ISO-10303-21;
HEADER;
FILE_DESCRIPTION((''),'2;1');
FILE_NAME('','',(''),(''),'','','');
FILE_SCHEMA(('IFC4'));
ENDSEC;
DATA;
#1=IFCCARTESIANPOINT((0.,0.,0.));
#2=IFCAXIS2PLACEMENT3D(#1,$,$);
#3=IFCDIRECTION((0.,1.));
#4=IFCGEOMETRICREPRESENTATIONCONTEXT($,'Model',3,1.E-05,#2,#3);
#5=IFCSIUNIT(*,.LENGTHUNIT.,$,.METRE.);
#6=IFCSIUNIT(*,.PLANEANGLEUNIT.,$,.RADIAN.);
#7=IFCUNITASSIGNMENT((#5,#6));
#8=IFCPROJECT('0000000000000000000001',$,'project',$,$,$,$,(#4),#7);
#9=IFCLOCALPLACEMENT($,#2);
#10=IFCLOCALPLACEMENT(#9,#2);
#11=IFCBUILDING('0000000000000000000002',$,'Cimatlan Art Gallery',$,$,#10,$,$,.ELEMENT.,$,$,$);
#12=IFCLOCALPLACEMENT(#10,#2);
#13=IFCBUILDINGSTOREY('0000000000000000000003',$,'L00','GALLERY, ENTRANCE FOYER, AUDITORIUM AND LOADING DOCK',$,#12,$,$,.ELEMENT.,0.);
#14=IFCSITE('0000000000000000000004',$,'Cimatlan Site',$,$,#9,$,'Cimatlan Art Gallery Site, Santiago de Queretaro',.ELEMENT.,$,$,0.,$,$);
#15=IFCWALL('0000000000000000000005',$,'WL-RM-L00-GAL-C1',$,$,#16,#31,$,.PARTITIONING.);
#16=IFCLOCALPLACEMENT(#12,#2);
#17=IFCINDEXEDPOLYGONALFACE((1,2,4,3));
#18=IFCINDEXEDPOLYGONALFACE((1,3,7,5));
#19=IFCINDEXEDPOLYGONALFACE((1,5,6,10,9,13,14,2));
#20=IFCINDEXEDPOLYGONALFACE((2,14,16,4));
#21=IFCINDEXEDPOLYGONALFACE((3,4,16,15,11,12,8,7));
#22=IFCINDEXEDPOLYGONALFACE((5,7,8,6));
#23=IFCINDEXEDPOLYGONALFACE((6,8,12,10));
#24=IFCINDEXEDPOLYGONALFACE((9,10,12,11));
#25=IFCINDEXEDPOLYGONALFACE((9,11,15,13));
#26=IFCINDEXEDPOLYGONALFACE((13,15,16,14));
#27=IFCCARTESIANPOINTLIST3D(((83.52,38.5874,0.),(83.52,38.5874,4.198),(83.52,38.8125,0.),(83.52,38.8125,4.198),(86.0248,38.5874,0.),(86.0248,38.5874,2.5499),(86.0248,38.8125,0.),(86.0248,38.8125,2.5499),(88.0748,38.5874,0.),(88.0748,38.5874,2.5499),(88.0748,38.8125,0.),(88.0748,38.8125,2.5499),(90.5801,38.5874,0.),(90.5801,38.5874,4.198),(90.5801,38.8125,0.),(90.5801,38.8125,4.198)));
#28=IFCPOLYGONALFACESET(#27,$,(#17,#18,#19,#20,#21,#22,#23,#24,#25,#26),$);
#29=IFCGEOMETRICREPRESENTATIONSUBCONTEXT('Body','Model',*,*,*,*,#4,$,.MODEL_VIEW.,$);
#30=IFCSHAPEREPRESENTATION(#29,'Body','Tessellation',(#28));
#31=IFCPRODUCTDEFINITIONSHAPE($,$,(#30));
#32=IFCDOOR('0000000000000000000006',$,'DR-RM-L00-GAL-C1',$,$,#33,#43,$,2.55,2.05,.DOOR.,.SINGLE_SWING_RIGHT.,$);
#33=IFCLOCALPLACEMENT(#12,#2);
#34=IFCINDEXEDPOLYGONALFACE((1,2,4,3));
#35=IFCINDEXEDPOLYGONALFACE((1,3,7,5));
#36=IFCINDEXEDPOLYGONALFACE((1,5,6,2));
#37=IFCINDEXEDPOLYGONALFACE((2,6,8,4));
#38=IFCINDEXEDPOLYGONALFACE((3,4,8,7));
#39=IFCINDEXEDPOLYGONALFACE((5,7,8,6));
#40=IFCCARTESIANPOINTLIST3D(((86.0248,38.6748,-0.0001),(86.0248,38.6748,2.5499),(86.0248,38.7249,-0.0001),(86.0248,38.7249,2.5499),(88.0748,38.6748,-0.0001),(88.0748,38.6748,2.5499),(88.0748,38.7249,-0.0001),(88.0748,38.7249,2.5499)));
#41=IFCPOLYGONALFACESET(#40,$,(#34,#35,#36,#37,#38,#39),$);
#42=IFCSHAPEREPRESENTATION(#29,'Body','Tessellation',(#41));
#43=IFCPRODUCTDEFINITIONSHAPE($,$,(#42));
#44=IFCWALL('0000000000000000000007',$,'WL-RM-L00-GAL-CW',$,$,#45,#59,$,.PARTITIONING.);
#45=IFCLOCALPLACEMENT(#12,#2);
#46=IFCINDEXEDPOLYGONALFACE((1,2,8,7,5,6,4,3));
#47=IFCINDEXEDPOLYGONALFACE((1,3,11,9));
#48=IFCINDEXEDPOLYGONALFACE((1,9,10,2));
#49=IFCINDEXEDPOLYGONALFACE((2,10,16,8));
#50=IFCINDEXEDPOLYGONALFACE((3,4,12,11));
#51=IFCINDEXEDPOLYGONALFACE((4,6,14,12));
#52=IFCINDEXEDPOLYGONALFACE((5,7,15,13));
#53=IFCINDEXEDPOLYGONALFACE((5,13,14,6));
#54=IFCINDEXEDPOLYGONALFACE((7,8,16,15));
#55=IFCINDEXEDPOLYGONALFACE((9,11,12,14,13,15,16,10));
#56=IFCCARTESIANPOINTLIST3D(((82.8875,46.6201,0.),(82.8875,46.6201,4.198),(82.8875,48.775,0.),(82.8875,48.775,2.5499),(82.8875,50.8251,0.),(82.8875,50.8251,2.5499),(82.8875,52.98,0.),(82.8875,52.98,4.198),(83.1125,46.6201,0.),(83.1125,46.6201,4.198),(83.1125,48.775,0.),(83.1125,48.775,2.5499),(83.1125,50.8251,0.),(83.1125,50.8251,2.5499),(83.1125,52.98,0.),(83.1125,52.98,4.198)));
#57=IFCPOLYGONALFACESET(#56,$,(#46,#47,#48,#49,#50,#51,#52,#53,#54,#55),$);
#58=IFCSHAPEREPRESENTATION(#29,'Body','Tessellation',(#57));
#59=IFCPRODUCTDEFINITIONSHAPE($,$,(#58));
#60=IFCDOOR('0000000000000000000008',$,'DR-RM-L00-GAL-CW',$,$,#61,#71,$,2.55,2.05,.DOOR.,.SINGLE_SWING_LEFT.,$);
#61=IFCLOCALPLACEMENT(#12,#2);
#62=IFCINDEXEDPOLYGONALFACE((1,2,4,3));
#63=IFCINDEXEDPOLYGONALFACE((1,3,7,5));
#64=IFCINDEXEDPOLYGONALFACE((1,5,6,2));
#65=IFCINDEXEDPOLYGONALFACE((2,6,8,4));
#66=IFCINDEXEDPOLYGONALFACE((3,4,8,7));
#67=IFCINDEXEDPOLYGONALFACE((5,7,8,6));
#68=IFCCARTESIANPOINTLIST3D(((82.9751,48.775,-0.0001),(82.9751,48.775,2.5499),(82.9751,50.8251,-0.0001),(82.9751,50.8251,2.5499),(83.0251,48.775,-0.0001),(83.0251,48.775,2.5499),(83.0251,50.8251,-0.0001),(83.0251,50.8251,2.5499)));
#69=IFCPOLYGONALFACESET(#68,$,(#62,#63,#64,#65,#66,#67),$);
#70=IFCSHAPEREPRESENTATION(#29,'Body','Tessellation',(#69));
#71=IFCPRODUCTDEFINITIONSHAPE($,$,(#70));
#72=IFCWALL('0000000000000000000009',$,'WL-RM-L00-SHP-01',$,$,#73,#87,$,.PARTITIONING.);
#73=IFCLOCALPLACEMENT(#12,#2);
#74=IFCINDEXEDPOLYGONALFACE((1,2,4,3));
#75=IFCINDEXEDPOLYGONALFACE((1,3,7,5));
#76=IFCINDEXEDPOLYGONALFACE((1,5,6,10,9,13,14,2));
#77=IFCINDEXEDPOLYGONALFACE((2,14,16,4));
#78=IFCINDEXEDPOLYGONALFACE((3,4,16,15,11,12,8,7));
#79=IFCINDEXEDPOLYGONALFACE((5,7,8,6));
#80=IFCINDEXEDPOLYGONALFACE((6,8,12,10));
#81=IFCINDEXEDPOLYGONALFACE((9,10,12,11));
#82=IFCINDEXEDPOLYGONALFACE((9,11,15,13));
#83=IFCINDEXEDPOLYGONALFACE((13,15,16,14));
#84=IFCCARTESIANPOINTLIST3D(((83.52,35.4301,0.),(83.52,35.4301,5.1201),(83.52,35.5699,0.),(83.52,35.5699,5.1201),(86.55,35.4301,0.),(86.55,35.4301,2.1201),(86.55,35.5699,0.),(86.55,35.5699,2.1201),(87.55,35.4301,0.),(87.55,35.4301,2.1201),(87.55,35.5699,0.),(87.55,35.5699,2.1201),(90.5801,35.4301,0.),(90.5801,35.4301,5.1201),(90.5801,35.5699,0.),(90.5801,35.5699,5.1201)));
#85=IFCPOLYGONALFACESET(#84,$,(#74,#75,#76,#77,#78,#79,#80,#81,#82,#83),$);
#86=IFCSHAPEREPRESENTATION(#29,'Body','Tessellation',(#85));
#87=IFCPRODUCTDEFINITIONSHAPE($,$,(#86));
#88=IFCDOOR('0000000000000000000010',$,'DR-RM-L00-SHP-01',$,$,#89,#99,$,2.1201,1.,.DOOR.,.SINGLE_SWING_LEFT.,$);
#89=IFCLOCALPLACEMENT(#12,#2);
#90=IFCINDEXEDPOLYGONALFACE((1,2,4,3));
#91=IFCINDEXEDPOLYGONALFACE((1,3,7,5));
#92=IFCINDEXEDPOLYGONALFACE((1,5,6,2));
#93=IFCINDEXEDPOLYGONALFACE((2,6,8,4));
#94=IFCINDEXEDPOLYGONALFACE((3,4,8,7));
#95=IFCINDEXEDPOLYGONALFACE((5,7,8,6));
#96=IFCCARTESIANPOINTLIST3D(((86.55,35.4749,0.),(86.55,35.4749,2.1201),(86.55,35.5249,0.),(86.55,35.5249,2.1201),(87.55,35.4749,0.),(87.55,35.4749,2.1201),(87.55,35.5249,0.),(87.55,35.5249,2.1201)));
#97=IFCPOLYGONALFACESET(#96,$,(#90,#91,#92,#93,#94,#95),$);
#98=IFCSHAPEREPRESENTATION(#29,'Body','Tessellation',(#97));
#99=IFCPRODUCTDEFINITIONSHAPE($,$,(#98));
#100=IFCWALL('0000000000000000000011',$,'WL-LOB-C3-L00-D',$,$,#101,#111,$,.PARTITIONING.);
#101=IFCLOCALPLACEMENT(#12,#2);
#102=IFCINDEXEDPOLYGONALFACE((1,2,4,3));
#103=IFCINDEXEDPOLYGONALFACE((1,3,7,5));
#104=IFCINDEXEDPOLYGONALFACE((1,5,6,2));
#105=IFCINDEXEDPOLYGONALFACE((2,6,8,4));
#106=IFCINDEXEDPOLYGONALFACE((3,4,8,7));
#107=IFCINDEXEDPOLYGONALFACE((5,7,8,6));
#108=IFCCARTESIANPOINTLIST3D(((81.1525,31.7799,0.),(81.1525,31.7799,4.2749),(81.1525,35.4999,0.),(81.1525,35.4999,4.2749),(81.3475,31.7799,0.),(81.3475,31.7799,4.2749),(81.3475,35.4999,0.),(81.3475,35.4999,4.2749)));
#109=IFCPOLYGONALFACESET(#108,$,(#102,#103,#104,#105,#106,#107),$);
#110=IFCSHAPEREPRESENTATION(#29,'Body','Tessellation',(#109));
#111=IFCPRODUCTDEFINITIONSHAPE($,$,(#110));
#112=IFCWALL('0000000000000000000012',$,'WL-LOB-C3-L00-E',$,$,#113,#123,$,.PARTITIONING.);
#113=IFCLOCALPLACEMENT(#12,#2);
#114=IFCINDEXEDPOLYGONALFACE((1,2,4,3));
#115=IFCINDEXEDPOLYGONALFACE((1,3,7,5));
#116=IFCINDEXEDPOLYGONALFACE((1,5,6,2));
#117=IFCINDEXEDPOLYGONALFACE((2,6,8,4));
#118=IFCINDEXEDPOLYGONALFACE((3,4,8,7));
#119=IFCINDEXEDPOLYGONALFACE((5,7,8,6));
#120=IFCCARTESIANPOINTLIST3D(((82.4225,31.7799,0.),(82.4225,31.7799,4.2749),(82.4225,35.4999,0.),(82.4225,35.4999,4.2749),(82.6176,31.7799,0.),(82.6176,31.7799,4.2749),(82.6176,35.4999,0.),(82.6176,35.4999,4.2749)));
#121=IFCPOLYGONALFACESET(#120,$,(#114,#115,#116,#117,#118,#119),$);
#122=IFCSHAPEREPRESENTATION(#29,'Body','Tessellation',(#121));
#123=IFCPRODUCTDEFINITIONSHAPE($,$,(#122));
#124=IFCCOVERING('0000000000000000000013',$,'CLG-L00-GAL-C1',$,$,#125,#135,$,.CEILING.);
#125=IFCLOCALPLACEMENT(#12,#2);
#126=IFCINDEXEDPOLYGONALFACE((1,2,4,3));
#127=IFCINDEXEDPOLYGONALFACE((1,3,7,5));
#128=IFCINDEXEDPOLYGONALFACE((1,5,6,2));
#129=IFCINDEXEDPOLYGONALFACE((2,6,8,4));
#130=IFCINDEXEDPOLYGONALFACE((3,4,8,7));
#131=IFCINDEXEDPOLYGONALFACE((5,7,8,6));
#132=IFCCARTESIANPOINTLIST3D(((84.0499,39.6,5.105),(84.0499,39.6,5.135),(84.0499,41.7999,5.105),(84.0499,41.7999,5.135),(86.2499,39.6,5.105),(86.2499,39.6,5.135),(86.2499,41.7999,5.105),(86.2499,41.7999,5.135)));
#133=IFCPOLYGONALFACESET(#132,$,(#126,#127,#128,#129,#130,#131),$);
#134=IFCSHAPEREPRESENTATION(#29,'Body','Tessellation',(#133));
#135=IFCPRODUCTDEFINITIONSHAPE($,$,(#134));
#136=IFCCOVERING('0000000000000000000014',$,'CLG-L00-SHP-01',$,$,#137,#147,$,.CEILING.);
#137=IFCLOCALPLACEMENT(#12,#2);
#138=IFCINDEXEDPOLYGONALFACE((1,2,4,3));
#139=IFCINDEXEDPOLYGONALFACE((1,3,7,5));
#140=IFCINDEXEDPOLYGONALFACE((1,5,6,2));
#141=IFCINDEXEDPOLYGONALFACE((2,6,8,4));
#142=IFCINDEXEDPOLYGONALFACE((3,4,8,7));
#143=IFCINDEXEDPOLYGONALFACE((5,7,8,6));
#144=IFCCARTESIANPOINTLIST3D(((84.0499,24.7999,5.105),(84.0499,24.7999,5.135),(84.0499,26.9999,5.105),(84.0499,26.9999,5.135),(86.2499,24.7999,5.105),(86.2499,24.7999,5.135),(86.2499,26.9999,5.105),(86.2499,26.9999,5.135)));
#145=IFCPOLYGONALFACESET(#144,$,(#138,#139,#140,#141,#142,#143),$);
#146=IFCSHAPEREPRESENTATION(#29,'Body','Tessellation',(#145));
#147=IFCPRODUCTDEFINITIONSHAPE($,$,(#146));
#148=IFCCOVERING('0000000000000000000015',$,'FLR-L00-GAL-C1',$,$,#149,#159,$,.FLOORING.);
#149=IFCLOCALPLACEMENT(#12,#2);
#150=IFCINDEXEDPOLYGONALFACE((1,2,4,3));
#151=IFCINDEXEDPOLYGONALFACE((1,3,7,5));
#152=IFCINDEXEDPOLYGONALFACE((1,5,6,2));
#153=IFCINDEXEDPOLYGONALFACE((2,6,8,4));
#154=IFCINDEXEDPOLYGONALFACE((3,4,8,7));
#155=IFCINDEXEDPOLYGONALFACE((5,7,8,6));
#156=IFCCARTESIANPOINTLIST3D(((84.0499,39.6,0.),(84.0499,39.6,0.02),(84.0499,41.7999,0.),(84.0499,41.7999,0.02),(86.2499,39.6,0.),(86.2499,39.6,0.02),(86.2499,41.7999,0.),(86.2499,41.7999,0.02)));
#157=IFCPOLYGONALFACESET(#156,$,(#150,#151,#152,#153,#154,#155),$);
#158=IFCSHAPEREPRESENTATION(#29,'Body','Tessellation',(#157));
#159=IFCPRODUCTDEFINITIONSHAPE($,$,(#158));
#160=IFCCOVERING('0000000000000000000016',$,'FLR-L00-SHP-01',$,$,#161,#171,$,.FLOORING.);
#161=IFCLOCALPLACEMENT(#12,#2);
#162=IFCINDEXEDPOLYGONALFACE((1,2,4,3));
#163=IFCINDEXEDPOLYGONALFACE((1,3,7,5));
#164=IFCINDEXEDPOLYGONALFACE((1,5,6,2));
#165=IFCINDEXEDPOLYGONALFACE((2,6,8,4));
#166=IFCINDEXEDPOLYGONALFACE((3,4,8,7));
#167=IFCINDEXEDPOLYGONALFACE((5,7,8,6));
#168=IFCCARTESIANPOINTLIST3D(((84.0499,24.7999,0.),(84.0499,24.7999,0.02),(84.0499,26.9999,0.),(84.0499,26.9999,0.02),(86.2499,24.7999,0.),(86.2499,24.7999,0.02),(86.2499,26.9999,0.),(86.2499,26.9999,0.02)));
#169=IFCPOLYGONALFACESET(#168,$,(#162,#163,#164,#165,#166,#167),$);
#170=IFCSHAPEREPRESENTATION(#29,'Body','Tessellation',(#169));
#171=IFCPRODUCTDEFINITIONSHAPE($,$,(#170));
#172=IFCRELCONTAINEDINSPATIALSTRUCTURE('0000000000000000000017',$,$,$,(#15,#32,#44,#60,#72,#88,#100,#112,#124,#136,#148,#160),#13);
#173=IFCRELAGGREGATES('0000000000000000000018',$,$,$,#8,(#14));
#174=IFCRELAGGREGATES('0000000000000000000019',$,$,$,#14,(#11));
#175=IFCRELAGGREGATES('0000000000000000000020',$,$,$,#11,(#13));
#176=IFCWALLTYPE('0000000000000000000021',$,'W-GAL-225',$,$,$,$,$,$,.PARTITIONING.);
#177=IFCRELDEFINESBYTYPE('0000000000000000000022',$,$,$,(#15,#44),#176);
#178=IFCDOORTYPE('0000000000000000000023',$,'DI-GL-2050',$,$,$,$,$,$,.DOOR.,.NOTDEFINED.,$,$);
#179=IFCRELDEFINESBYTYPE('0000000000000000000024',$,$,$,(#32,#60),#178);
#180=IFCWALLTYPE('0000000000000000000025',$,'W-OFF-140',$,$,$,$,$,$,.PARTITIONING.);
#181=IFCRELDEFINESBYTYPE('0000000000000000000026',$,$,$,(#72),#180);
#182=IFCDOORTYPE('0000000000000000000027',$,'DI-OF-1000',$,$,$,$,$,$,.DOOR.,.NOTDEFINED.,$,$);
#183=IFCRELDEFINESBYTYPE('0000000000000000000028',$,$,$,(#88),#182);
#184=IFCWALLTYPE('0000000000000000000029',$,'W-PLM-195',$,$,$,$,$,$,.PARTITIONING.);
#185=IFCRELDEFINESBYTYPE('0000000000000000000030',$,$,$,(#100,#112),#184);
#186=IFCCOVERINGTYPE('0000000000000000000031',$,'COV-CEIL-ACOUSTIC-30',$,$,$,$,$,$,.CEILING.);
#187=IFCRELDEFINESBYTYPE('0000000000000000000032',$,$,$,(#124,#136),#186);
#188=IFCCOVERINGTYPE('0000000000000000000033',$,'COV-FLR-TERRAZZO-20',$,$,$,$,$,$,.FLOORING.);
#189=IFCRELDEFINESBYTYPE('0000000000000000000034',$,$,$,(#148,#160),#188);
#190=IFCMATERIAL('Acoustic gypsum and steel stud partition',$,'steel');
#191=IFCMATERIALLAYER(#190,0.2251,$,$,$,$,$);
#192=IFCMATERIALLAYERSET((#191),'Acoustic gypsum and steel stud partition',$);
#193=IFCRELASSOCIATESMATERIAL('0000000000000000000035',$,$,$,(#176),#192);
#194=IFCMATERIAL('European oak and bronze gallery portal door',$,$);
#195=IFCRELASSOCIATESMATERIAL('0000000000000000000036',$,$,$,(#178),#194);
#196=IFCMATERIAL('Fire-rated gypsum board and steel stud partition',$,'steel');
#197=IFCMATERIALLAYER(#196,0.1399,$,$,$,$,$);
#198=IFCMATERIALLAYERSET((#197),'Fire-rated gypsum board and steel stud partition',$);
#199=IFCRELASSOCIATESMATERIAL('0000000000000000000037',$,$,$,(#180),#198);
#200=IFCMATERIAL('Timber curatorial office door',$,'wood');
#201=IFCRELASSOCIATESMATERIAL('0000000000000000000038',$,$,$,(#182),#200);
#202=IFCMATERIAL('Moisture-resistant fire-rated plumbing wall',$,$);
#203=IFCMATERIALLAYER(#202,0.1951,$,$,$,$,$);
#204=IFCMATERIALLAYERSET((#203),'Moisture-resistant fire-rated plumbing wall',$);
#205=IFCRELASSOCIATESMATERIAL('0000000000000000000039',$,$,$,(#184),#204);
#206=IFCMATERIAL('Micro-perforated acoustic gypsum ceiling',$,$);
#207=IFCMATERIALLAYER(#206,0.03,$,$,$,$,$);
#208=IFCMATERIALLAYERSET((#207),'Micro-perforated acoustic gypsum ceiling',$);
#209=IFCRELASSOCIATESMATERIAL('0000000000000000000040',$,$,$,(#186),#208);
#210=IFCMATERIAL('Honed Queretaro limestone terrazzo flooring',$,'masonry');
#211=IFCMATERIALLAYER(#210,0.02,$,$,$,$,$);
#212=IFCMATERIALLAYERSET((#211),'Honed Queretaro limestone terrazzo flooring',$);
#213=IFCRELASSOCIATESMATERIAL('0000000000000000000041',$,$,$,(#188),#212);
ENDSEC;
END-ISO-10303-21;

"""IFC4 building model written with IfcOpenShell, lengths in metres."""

from ifc_helpers import new_model, si_unit, direction, frame, frame_2d, origin, origin_2d, place, context, subcontext, project, spatial, rectangle, extrude, material, layer, layer_set, type_object, element, fill, save


model = new_model("IFC4")

# Units and contexts
model_context = context("Model", 3, precision=1e-05, world=origin(), true_north=direction((0.0, 1.0)))
body_context = subcontext(model_context, "Body", "Model", "MODEL_VIEW")
ifc_project = project(units=[si_unit("LENGTHUNIT", "METRE"), si_unit("PLANEANGLEUNIT", "RADIAN")], contexts=[model_context])

# Site, building, storey
site_placement = place(None, origin())
site = spatial("IfcSite", under=ifc_project, at=site_placement, Name="Cimatlan Site", LongName="Cimatlan Art Gallery Site, Santiago de Queretaro", CompositionType="ELEMENT", RefElevation=0.0)
building_placement = place(site_placement, origin())
building = spatial("IfcBuilding", under=site, at=building_placement, Name="Cimatlan Art Gallery", CompositionType="ELEMENT")
storey_placement = place(building_placement, origin())
storey = spatial("IfcBuildingStorey", under=building, at=storey_placement, Name="L00", Description="GALLERY, ENTRANCE FOYER, AUDITORIUM AND LOADING DOCK", CompositionType="ELEMENT", Elevation=0.0)

# Walls, openings, doors
ifc_material_1 = material(Name="Acoustic gypsum and steel stud partition", Category="steel")
ifc_layer_1 = layer(ifc_material_1, 0.2251)
ifc_layer_set_1 = layer_set([ifc_layer_1], Name="Acoustic gypsum and steel stud partition")
wall_type_1 = type_object("IfcWallType", Name="W-GAL-225", PredefinedType="PARTITIONING", material=ifc_layer_set_1)
wall_1_placement = place(storey_placement, frame((83.52, 38.7, 0.0), z_axis=(0.0, 0.0, 1.0), x_axis=(1.0, 0.0, 0.0)))
wall_1 = element("IfcWall", 1, at=wall_1_placement, inside=storey, type_object=wall_type_1, Name="WL-RM-L00-GAL-C1", PredefinedType="PARTITIONING", context=body_context, shape_type="SweptSolid", body=[
    extrude(rectangle(XDim=7.0601, YDim=0.2251, at=frame_2d((3.53, 0.0))), origin(), (0.0, 0.0, 1.0), 4.198),
])
opening_1_placement = place(wall_1_placement, frame((2.5049, 0.0, 0.0)))
opening_1 = element("IfcOpeningElement", 2, at=opening_1_placement, cuts=wall_1, PredefinedType="OPENING", context=body_context, shape_type="SweptSolid", body=[
    extrude(rectangle(XDim=2.05, YDim=2.55, at=frame_2d((1.0249, 1.2749))), frame((0.0, 0.1226, 0.0), z_axis=(0.0, -1.0, 0.0), x_axis=(1.0, 0.0, 0.0)), (0.0, 0.0, 1.0), 0.2451),
])
ifc_material_2 = material(Name="European oak and bronze gallery portal door")
door_type_1 = type_object("IfcDoorType", Name="DI-GL-2050", OperationType="NOTDEFINED", PredefinedType="DOOR", material=ifc_material_2)
door_1_placement = place(opening_1_placement, origin())
door_1 = element("IfcDoor", 3, at=door_1_placement, inside=storey, type_object=door_type_1, Name="DR-RM-L00-GAL-C1", OperationType="SINGLE_SWING_RIGHT", OverallHeight=2.55, OverallWidth=2.05, PredefinedType="DOOR", context=body_context, shape_type="SweptSolid", body=[
    extrude(rectangle(XDim=2.05, YDim=2.55, at=frame_2d((1.0249, 1.2749))), frame((0.0, 0.0249, 0.0), z_axis=(0.0, -1.0, 0.0), x_axis=(1.0, 0.0, 0.0)), (0.0, 0.0, 1.0), 0.05),
])
fill(opening_1, door_1)
wall_2_placement = place(storey_placement, frame((83.0, 46.6201, 0.0), z_axis=(0.0, 0.0, 1.0), x_axis=(0.0, 1.0, 0.0)))
wall_2 = element("IfcWall", 4, at=wall_2_placement, inside=storey, type_object=wall_type_1, Name="WL-RM-L00-GAL-CW", PredefinedType="PARTITIONING", context=body_context, shape_type="SweptSolid", body=[
    extrude(rectangle(XDim=6.3599, YDim=0.2251, at=frame_2d((3.1799, 0.0))), origin(), (0.0, 0.0, 1.0), 4.198),
])
opening_2_placement = place(wall_2_placement, frame((2.155, 0.0, 0.0)))
opening_2 = element("IfcOpeningElement", 5, at=opening_2_placement, cuts=wall_2, PredefinedType="OPENING", context=body_context, shape_type="SweptSolid", body=[
    extrude(rectangle(XDim=2.05, YDim=2.55, at=frame_2d((1.0249, 1.2749))), frame((0.0, 0.1226, 0.0), z_axis=(0.0, -1.0, 0.0), x_axis=(1.0, 0.0, 0.0)), (0.0, 0.0, 1.0), 0.2451),
])
door_2_placement = place(opening_2_placement, origin())
door_2 = element("IfcDoor", 6, at=door_2_placement, inside=storey, type_object=door_type_1, Name="DR-RM-L00-GAL-CW", OperationType="SINGLE_SWING_LEFT", OverallHeight=2.55, OverallWidth=2.05, PredefinedType="DOOR", context=body_context, shape_type="SweptSolid", body=[
    extrude(rectangle(XDim=2.05, YDim=2.55, at=frame_2d((1.0249, 1.2749))), frame((0.0, 0.0249, 0.0), z_axis=(0.0, -1.0, 0.0), x_axis=(1.0, 0.0, 0.0)), (0.0, 0.0, 1.0), 0.05),
])
fill(opening_2, door_2)
ifc_material_3 = material(Name="Fire-rated gypsum board and steel stud partition", Category="steel")
ifc_layer_2 = layer(ifc_material_3, 0.1399)
ifc_layer_set_2 = layer_set([ifc_layer_2], Name="Fire-rated gypsum board and steel stud partition")
wall_type_2 = type_object("IfcWallType", Name="W-OFF-140", PredefinedType="PARTITIONING", material=ifc_layer_set_2)
wall_3_placement = place(storey_placement, frame((83.52, 35.5, 0.0), z_axis=(0.0, 0.0, 1.0), x_axis=(1.0, 0.0, 0.0)))
wall_3 = element("IfcWall", 7, at=wall_3_placement, inside=storey, type_object=wall_type_2, Name="WL-RM-L00-SHP-01", PredefinedType="PARTITIONING", context=body_context, shape_type="SweptSolid", body=[
    extrude(rectangle(XDim=7.0601, YDim=0.1399, at=frame_2d((3.53, 0.0))), origin(), (0.0, 0.0, 1.0), 5.1201),
])
opening_3_placement = place(wall_3_placement, frame((3.03, 0.0, 0.0)))
opening_3 = element("IfcOpeningElement", 8, at=opening_3_placement, cuts=wall_3, PredefinedType="OPENING", context=body_context, shape_type="SweptSolid", body=[
    extrude(rectangle(XDim=1.0, YDim=2.1201, at=frame_2d((0.5, 1.0601))), frame((0.0, 0.0801, 0.0), z_axis=(0.0, -1.0, 0.0), x_axis=(1.0, 0.0, 0.0)), (0.0, 0.0, 1.0), 0.1599),
])
ifc_material_4 = material(Name="Timber curatorial office door", Category="wood")
door_type_2 = type_object("IfcDoorType", Name="DI-OF-1000", OperationType="NOTDEFINED", PredefinedType="DOOR", material=ifc_material_4)
door_3_placement = place(opening_3_placement, origin())
door_3 = element("IfcDoor", 9, at=door_3_placement, inside=storey, type_object=door_type_2, Name="DR-RM-L00-SHP-01", OperationType="SINGLE_SWING_LEFT", OverallHeight=2.1201, OverallWidth=1.0, PredefinedType="DOOR", context=body_context, shape_type="SweptSolid", body=[
    extrude(rectangle(XDim=1.0, YDim=2.1201, at=frame_2d((0.5, 1.0601))), frame((0.0, 0.0249, 0.0), z_axis=(0.0, -1.0, 0.0), x_axis=(1.0, 0.0, 0.0)), (0.0, 0.0, 1.0), 0.05),
])
fill(opening_3, door_3)

# Walls
ifc_material_5 = material(Name="Moisture-resistant fire-rated plumbing wall")
ifc_layer_3 = layer(ifc_material_5, 0.1951)
ifc_layer_set_3 = layer_set([ifc_layer_3], Name="Moisture-resistant fire-rated plumbing wall")
wall_type_3 = type_object("IfcWallType", Name="W-PLM-195", PredefinedType="PARTITIONING", material=ifc_layer_set_3)
for number, where, z_axis, x_axis, name in (
    (10, (81.25, 31.78, 0.0), (0.0, 0.0, 1.0), (0.0, 1.0, 0.0), "WL-LOB-C3-L00-D"),
    (11, (82.52, 31.78, 0.0), (0.0, 0.0, 1.0), (0.0, 1.0, 0.0), "WL-LOB-C3-L00-E"),
):
    element("IfcWall", number, at=place(storey_placement, frame(where, z_axis=z_axis, x_axis=x_axis)), inside=storey, type_object=wall_type_3, Name=name, PredefinedType="PARTITIONING", context=body_context, shape_type="SweptSolid", body=[
        extrude(rectangle(XDim=3.72, YDim=0.1951, at=frame_2d((1.8599, 0.0))), origin(), (0.0, 0.0, 1.0), 4.2749),
    ])

# Coverings
ifc_material_6 = material(Name="Micro-perforated acoustic gypsum ceiling")
ifc_layer_4 = layer(ifc_material_6, 0.03)
ifc_layer_set_4 = layer_set([ifc_layer_4], Name="Micro-perforated acoustic gypsum ceiling")
covering_type_1 = type_object("IfcCoveringType", Name="COV-CEIL-ACOUSTIC-30", PredefinedType="CEILING", material=ifc_layer_set_4)
for number, where, z_axis, x_axis, name in (
    (12, (85.1499, 40.7, 5.105), (0.0, 0.0, 1.0), (1.0, 0.0, 0.0), "CLG-L00-GAL-C1"),
    (13, (85.1499, 25.8999, 5.105), (0.0, 0.0, 1.0), (1.0, 0.0, 0.0), "CLG-L00-SHP-01"),
):
    element("IfcCovering", number, at=place(storey_placement, frame(where, z_axis=z_axis, x_axis=x_axis)), inside=storey, type_object=covering_type_1, Name=name, PredefinedType="CEILING", context=body_context, shape_type="SweptSolid", body=[
        extrude(rectangle(XDim=2.2, YDim=2.2, at=origin_2d()), origin(), (0.0, 0.0, 1.0), 0.03),
    ])
ifc_material_7 = material(Name="Honed Queretaro limestone terrazzo flooring", Category="masonry")
ifc_layer_5 = layer(ifc_material_7, 0.02)
ifc_layer_set_5 = layer_set([ifc_layer_5], Name="Honed Queretaro limestone terrazzo flooring")
covering_type_2 = type_object("IfcCoveringType", Name="COV-FLR-TERRAZZO-20", PredefinedType="FLOORING", material=ifc_layer_set_5)
for number, where, z_axis, x_axis, name in (
    (14, (85.1499, 40.7, 0.0), (0.0, 0.0, 1.0), (1.0, 0.0, 0.0), "FLR-L00-GAL-C1"),
    (15, (85.1499, 25.8999, 0.0), (0.0, 0.0, 1.0), (1.0, 0.0, 0.0), "FLR-L00-SHP-01"),
):
    element("IfcCovering", number, at=place(storey_placement, frame(where, z_axis=z_axis, x_axis=x_axis)), inside=storey, type_object=covering_type_2, Name=name, PredefinedType="FLOORING", context=body_context, shape_type="SweptSolid", body=[
        extrude(rectangle(XDim=2.2, YDim=2.2, at=origin_2d()), origin(), (0.0, 0.0, 1.0), 0.02),
    ])

save(model, "model.ifc")
